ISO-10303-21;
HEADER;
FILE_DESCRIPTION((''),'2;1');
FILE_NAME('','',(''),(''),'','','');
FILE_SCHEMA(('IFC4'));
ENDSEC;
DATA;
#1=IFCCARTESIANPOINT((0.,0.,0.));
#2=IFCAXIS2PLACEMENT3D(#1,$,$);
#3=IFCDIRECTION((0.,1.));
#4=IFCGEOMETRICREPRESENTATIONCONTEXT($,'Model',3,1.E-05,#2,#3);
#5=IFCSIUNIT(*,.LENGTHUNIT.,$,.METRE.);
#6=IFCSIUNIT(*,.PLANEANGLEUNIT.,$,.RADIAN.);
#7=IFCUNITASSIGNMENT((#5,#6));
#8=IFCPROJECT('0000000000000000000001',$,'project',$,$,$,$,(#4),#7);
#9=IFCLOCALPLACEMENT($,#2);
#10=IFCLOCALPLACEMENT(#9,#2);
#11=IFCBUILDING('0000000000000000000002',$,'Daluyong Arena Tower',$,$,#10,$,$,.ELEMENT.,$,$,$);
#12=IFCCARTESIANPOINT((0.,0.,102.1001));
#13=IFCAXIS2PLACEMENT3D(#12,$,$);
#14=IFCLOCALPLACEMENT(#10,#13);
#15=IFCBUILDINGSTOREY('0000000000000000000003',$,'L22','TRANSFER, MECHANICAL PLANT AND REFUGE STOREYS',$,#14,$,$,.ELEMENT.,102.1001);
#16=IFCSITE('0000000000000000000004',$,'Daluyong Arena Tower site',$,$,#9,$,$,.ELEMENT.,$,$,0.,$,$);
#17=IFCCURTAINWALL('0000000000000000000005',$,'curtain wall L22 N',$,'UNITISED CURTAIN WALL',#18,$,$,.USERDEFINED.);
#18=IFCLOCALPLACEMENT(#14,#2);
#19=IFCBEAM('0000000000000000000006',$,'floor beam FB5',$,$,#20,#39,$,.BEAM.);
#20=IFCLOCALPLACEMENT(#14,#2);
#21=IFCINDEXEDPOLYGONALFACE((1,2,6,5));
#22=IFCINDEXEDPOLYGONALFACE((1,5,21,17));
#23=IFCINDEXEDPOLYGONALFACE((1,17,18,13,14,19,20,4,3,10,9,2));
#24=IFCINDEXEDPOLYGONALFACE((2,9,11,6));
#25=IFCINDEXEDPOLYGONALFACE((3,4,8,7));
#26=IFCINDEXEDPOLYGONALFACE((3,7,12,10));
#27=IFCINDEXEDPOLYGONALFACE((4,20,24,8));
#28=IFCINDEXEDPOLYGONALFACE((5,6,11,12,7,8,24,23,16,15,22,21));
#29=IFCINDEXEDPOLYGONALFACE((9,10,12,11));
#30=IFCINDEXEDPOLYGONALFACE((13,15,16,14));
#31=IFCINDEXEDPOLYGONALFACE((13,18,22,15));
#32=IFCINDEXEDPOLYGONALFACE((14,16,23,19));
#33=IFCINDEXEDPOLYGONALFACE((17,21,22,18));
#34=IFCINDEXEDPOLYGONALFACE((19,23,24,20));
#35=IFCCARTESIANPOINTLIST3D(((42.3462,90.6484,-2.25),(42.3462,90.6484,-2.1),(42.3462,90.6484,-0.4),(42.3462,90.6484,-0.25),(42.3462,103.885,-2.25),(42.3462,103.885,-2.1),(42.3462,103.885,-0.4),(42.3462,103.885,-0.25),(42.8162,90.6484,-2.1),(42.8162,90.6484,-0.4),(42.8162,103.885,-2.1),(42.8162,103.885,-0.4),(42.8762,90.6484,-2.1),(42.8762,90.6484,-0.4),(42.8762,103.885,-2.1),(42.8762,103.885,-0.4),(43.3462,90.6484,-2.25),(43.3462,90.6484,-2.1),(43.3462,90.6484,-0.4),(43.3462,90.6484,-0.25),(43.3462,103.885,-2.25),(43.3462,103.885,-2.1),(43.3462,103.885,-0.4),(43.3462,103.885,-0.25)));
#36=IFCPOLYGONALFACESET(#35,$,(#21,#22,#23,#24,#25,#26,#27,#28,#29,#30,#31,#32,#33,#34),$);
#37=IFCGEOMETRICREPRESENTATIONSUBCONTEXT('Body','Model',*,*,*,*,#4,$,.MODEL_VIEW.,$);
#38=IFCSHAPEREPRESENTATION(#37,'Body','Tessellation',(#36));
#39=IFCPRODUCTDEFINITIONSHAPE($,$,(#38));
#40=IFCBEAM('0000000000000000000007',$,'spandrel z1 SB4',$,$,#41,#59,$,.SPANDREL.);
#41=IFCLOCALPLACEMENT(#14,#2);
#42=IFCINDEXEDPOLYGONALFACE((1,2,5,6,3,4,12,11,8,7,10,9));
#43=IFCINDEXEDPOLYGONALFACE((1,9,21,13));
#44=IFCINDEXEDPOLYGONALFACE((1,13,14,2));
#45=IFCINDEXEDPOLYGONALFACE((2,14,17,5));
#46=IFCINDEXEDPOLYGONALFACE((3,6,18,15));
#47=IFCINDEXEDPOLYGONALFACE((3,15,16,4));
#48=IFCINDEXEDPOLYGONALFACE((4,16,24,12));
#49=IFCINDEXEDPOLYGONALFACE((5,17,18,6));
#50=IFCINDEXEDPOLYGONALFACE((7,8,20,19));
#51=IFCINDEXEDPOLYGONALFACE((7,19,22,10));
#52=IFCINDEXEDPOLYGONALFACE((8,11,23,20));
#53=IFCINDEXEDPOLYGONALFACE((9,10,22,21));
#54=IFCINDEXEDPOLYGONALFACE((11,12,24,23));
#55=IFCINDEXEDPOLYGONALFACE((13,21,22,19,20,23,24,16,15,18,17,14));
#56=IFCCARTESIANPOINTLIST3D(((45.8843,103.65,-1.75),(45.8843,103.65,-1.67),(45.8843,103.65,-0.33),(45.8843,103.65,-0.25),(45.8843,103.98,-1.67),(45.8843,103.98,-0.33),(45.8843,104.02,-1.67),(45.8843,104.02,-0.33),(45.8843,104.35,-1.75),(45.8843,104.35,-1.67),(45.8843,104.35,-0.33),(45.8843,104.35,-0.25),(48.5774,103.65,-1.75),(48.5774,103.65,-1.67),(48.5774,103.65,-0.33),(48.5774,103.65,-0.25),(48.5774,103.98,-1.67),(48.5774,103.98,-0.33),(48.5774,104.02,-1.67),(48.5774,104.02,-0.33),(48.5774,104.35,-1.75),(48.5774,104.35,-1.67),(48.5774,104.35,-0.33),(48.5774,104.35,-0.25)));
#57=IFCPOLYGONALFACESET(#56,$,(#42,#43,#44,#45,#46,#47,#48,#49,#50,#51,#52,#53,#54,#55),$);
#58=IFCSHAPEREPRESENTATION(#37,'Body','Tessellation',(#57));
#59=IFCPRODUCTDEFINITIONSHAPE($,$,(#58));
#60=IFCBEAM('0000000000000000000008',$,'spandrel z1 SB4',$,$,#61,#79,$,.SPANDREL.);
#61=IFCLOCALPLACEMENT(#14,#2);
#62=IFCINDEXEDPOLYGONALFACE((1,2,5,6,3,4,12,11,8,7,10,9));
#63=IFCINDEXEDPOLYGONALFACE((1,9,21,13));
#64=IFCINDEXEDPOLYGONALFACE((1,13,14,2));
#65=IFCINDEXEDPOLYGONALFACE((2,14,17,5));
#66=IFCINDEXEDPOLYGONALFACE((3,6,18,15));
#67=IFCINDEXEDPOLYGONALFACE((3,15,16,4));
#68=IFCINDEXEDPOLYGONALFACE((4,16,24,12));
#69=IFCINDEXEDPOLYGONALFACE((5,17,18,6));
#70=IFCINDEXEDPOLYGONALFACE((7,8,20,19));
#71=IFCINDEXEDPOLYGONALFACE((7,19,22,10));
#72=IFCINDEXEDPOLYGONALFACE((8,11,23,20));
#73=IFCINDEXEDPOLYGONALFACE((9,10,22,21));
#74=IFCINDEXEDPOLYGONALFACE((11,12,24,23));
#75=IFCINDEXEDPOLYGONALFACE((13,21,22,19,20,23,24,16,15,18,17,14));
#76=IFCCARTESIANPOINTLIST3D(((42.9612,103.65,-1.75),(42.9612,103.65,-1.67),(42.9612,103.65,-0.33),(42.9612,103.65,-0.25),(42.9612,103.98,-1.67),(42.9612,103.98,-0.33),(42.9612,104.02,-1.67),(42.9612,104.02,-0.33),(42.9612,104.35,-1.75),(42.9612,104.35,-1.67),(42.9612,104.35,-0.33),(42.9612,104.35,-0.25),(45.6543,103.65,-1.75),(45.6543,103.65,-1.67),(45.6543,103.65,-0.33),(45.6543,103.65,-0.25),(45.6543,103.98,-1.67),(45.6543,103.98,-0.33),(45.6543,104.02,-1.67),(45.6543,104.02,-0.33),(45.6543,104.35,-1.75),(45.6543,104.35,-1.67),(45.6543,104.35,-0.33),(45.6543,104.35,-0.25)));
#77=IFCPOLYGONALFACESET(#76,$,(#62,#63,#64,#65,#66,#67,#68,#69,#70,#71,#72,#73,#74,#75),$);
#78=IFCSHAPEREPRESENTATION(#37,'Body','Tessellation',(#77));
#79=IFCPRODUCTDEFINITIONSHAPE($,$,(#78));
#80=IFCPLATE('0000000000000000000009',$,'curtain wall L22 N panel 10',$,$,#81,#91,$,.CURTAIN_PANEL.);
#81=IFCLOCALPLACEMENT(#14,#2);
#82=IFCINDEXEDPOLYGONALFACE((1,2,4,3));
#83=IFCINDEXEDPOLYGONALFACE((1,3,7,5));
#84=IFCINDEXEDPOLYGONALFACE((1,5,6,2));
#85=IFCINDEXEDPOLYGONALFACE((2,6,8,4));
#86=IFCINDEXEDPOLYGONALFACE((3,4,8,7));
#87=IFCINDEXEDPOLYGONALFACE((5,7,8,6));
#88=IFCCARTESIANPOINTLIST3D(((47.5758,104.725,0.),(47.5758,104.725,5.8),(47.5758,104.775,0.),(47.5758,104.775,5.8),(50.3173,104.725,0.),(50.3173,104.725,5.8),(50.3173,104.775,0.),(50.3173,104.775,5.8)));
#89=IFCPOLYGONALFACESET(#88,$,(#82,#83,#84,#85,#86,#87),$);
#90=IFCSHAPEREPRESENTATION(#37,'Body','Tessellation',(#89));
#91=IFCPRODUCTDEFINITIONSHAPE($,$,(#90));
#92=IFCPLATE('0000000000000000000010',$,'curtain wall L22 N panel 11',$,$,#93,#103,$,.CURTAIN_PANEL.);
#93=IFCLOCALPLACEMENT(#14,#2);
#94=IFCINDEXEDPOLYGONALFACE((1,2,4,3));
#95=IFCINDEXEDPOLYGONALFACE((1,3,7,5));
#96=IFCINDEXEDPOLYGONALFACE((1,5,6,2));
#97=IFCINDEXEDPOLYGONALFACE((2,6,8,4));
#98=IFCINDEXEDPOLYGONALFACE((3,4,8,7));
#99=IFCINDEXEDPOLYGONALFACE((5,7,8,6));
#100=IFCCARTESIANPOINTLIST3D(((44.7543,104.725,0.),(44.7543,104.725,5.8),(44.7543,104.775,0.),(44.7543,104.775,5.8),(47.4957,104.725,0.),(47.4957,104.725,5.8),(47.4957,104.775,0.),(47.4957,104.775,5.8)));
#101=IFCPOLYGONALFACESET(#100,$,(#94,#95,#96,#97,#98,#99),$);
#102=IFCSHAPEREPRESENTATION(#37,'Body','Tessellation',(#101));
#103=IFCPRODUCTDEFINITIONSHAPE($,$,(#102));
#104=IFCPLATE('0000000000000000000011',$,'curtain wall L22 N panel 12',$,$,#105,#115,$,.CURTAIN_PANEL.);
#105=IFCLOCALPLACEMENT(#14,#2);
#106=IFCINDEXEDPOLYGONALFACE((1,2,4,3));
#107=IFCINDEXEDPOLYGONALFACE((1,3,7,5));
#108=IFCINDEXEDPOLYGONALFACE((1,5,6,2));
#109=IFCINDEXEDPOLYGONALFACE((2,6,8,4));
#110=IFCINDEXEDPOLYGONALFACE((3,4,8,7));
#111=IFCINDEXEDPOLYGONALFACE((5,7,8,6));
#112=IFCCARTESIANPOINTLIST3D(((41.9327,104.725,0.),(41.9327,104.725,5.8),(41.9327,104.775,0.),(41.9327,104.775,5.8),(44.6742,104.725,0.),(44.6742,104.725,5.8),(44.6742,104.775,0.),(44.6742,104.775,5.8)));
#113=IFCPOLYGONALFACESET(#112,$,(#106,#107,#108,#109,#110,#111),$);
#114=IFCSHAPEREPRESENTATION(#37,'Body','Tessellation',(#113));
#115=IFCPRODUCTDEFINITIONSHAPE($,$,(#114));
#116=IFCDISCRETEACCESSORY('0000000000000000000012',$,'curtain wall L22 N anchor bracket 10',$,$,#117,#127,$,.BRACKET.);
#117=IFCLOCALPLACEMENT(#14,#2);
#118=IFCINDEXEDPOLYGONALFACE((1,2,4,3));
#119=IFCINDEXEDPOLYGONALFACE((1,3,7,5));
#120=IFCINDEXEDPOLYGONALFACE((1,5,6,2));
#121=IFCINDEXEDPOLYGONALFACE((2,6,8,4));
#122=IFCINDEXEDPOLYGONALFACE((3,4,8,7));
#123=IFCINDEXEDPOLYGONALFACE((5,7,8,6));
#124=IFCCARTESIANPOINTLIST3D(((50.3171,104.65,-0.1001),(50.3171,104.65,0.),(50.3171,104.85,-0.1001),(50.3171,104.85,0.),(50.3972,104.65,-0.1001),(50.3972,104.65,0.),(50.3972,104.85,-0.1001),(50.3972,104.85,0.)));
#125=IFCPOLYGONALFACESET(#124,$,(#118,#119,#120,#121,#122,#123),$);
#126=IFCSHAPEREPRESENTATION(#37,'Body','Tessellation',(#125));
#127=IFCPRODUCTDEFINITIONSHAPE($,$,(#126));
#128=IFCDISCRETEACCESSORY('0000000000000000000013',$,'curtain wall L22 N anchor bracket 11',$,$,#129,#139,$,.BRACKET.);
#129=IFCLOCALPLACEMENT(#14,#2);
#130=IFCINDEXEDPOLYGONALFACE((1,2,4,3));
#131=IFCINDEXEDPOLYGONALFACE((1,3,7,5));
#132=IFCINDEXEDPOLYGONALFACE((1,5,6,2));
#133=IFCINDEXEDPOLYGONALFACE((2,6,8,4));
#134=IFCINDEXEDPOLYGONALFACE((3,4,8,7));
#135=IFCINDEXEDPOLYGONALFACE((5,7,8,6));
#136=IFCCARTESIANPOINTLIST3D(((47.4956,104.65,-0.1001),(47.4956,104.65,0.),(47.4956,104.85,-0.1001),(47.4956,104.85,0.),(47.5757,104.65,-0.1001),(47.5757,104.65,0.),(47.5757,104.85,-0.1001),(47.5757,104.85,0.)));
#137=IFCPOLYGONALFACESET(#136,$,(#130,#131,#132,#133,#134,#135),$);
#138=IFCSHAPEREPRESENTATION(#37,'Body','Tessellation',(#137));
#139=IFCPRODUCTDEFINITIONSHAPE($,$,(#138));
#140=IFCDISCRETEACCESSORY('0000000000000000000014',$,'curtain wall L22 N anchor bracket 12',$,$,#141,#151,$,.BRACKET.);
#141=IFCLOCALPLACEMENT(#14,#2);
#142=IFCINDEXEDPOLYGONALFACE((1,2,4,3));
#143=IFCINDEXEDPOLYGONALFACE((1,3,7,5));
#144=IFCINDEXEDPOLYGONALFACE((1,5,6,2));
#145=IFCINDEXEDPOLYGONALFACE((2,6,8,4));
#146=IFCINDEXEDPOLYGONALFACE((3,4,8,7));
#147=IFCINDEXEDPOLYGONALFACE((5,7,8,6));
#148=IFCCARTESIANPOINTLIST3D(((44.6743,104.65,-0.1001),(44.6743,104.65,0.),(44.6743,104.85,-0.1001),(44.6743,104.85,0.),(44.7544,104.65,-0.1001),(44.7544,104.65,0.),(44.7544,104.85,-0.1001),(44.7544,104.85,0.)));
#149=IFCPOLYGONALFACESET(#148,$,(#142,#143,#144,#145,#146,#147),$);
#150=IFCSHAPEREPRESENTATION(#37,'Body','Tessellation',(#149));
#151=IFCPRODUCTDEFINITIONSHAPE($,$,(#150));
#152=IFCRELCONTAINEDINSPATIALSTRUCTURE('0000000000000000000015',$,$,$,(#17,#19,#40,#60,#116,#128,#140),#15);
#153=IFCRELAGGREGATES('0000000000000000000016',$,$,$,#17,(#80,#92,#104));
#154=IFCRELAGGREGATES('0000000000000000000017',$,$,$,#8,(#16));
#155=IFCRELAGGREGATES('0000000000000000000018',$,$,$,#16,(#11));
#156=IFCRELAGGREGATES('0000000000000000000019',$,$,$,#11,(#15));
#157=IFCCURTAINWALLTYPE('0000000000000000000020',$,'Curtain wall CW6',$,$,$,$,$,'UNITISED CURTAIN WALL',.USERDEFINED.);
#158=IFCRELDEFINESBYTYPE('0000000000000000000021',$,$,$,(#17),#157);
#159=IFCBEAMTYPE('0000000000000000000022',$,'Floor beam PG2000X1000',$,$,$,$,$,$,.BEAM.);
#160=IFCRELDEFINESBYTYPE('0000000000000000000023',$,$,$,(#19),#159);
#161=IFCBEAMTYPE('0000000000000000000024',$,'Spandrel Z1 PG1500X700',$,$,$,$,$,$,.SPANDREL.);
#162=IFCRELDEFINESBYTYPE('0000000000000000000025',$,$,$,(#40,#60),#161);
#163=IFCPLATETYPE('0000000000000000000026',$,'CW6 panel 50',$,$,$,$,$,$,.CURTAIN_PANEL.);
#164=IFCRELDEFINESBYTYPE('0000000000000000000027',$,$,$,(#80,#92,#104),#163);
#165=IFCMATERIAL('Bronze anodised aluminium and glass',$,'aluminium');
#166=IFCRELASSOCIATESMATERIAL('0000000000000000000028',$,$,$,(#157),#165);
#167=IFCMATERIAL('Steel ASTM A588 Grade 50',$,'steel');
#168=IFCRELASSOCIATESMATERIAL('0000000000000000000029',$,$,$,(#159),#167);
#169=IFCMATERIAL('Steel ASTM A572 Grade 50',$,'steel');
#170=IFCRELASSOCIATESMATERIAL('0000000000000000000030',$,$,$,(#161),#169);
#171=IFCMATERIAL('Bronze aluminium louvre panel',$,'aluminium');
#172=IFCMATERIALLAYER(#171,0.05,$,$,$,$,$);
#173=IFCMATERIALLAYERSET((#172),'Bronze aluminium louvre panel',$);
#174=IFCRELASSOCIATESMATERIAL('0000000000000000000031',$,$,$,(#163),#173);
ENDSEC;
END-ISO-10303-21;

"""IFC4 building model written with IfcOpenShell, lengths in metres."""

from ifc_helpers import new_model, si_unit, direction, frame, origin, origin_2d, place, context, subcontext, project, spatial, rectangle, i_section, extrude, material, layer, layer_set, material_profile, profile_set, type_object, element, aggregate, save


model = new_model("IFC4")

# Units and contexts
model_context = context("Model", 3, precision=1e-05, world=origin(), true_north=direction((0.0, 1.0)))
body_context = subcontext(model_context, "Body", "Model", "MODEL_VIEW")
ifc_project = project(units=[si_unit("LENGTHUNIT", "METRE"), si_unit("PLANEANGLEUNIT", "RADIAN")], contexts=[model_context])

# Site, building, storey
site_placement = place(None, origin())
site = spatial("IfcSite", under=ifc_project, at=site_placement, Name="Daluyong Arena Tower site", CompositionType="ELEMENT", RefElevation=0.0)
building_placement = place(site_placement, origin())
building = spatial("IfcBuilding", under=site, at=building_placement, Name="Daluyong Arena Tower", CompositionType="ELEMENT")
storey_placement = place(building_placement, frame((0.0, 0.0, 102.1001)))
storey = spatial("IfcBuildingStorey", under=building, at=storey_placement, Name="L22", Description="TRANSFER, MECHANICAL PLANT AND REFUGE STOREYS", CompositionType="ELEMENT", Elevation=102.1001)

# Curtain wall
ifc_material_1 = material(Name="Bronze anodised aluminium and glass", Category="aluminium")
curtain_wall_type = type_object("IfcCurtainWallType", Name="Curtain wall CW6", ElementType="UNITISED CURTAIN WALL", PredefinedType="USERDEFINED", material=ifc_material_1)
curtain_wall_placement = place(storey_placement, origin())
curtain_wall = element("IfcCurtainWall", 1, at=curtain_wall_placement, inside=storey, type_object=curtain_wall_type, Name="curtain wall L22 N", ObjectType="UNITISED CURTAIN WALL", PredefinedType="USERDEFINED")

# Beams
ifc_material_2 = material(Name="Steel ASTM A588 Grade 50", Category="steel")
ifc_material_profile_1 = material_profile(ifc_material_2, i_section(OverallWidth=1.0, OverallDepth=2.0, WebThickness=0.06, FlangeThickness=0.15, at=origin_2d()))
ifc_profile_set_1 = profile_set([ifc_material_profile_1], Name="Steel ASTM A588 Grade 50")
beam_type_1 = type_object("IfcBeamType", Name="Floor beam PG2000X1000", PredefinedType="BEAM", material=ifc_profile_set_1)
beam_placement = place(storey_placement, frame((42.8462, 103.885, -1.25), z_axis=(0.0, -1.0, 0.0), x_axis=(1.0, 0.0, 0.0)))
element("IfcBeam", 2, at=beam_placement, inside=storey, type_object=beam_type_1, Name="floor beam FB5", PredefinedType="BEAM", context=body_context, shape_type="SweptSolid", body=[
    extrude(i_section(OverallWidth=1.0, OverallDepth=2.0, WebThickness=0.06, FlangeThickness=0.15, at=origin_2d()), origin(), (0.0, 0.0, 1.0), 13.2366),
])
ifc_material_3 = material(Name="Steel ASTM A572 Grade 50", Category="steel")
ifc_material_profile_2 = material_profile(ifc_material_3, i_section(OverallWidth=0.7, OverallDepth=1.5, WebThickness=0.04, FlangeThickness=0.08, at=origin_2d()))
ifc_profile_set_2 = profile_set([ifc_material_profile_2], Name="Steel ASTM A572 Grade 50")
beam_type_2 = type_object("IfcBeamType", Name="Spandrel Z1 PG1500X700", PredefinedType="SPANDREL", material=ifc_profile_set_2)
for number, where, z_axis, x_axis, name in (
    (3, (48.5774, 104.0, -1.0), (-1.0, 0.0, 0.0), (0.0, -1.0, 0.0), "spandrel z1 SB4"),
    (4, (45.6543, 104.0, -1.0), (-1.0, 0.0, 0.0), (0.0, -1.0, 0.0), "spandrel z1 SB4"),
):
    element("IfcBeam", number, at=place(storey_placement, frame(where, z_axis=z_axis, x_axis=x_axis)), inside=storey, type_object=beam_type_2, Name=name, PredefinedType="SPANDREL", context=body_context, shape_type="SweptSolid", body=[
        extrude(i_section(OverallWidth=0.7, OverallDepth=1.5, WebThickness=0.04, FlangeThickness=0.08, at=origin_2d()), origin(), (0.0, 0.0, 1.0), 2.6931),
    ])

# Plates
ifc_material_4 = material(Name="Bronze aluminium louvre panel", Category="aluminium")
ifc_layer = layer(ifc_material_4, 0.05)
ifc_layer_set = layer_set([ifc_layer], Name="Bronze aluminium louvre panel")
plate_type = type_object("IfcPlateType", Name="CW6 panel 50", PredefinedType="CURTAIN_PANEL", material=ifc_layer_set)
plate_1_placement = place(storey_placement, frame((48.9465, 104.75, 0.0), z_axis=(0.0, 0.0, 1.0), x_axis=(-1.0, 0.0, 0.0)))
plate_1 = element("IfcPlate", 5, at=plate_1_placement, type_object=plate_type, Name="curtain wall L22 N panel 10", PredefinedType="CURTAIN_PANEL", context=body_context, shape_type="SweptSolid", body=[
    extrude(rectangle(XDim=2.7415, YDim=0.05, at=origin_2d()), origin(), (0.0, 0.0, 1.0), 5.8),
])
plate_2_placement = place(storey_placement, frame((46.125, 104.75, 0.0), z_axis=(0.0, 0.0, 1.0), x_axis=(-1.0, 0.0, 0.0)))
plate_2 = element("IfcPlate", 6, at=plate_2_placement, type_object=plate_type, Name="curtain wall L22 N panel 11", PredefinedType="CURTAIN_PANEL", context=body_context, shape_type="SweptSolid", body=[
    extrude(rectangle(XDim=2.7415, YDim=0.05, at=origin_2d()), origin(), (0.0, 0.0, 1.0), 5.8),
])
plate_3_placement = place(storey_placement, frame((43.3035, 104.75, 0.0), z_axis=(0.0, 0.0, 1.0), x_axis=(-1.0, 0.0, 0.0)))
plate_3 = element("IfcPlate", 7, at=plate_3_placement, type_object=plate_type, Name="curtain wall L22 N panel 12", PredefinedType="CURTAIN_PANEL", context=body_context, shape_type="SweptSolid", body=[
    extrude(rectangle(XDim=2.7415, YDim=0.05, at=origin_2d()), origin(), (0.0, 0.0, 1.0), 5.8),
])
aggregate(curtain_wall, [plate_1, plate_2, plate_3])

# Discrete accessories
for number, where, z_axis, x_axis, name in (
    (8, (50.3572, 104.75, -0.1001), (0.0, 0.0, 1.0), (-1.0, 0.0, 0.0), "curtain wall L22 N anchor bracket 10"),
    (9, (47.5356, 104.75, -0.1001), (0.0, 0.0, 1.0), (-1.0, 0.0, 0.0), "curtain wall L22 N anchor bracket 11"),
    (10, (44.7144, 104.75, -0.1001), (0.0, 0.0, 1.0), (-1.0, 0.0, 0.0), "curtain wall L22 N anchor bracket 12"),
):
    element("IfcDiscreteAccessory", number, at=place(storey_placement, frame(where, z_axis=z_axis, x_axis=x_axis)), inside=storey, Name=name, PredefinedType="BRACKET", context=body_context, shape_type="SweptSolid", body=[
        extrude(rectangle(XDim=0.0801, YDim=0.2, at=origin_2d()), origin(), (0.0, 0.0, 1.0), 0.1001),
    ])

save(model, "model.ifc")
